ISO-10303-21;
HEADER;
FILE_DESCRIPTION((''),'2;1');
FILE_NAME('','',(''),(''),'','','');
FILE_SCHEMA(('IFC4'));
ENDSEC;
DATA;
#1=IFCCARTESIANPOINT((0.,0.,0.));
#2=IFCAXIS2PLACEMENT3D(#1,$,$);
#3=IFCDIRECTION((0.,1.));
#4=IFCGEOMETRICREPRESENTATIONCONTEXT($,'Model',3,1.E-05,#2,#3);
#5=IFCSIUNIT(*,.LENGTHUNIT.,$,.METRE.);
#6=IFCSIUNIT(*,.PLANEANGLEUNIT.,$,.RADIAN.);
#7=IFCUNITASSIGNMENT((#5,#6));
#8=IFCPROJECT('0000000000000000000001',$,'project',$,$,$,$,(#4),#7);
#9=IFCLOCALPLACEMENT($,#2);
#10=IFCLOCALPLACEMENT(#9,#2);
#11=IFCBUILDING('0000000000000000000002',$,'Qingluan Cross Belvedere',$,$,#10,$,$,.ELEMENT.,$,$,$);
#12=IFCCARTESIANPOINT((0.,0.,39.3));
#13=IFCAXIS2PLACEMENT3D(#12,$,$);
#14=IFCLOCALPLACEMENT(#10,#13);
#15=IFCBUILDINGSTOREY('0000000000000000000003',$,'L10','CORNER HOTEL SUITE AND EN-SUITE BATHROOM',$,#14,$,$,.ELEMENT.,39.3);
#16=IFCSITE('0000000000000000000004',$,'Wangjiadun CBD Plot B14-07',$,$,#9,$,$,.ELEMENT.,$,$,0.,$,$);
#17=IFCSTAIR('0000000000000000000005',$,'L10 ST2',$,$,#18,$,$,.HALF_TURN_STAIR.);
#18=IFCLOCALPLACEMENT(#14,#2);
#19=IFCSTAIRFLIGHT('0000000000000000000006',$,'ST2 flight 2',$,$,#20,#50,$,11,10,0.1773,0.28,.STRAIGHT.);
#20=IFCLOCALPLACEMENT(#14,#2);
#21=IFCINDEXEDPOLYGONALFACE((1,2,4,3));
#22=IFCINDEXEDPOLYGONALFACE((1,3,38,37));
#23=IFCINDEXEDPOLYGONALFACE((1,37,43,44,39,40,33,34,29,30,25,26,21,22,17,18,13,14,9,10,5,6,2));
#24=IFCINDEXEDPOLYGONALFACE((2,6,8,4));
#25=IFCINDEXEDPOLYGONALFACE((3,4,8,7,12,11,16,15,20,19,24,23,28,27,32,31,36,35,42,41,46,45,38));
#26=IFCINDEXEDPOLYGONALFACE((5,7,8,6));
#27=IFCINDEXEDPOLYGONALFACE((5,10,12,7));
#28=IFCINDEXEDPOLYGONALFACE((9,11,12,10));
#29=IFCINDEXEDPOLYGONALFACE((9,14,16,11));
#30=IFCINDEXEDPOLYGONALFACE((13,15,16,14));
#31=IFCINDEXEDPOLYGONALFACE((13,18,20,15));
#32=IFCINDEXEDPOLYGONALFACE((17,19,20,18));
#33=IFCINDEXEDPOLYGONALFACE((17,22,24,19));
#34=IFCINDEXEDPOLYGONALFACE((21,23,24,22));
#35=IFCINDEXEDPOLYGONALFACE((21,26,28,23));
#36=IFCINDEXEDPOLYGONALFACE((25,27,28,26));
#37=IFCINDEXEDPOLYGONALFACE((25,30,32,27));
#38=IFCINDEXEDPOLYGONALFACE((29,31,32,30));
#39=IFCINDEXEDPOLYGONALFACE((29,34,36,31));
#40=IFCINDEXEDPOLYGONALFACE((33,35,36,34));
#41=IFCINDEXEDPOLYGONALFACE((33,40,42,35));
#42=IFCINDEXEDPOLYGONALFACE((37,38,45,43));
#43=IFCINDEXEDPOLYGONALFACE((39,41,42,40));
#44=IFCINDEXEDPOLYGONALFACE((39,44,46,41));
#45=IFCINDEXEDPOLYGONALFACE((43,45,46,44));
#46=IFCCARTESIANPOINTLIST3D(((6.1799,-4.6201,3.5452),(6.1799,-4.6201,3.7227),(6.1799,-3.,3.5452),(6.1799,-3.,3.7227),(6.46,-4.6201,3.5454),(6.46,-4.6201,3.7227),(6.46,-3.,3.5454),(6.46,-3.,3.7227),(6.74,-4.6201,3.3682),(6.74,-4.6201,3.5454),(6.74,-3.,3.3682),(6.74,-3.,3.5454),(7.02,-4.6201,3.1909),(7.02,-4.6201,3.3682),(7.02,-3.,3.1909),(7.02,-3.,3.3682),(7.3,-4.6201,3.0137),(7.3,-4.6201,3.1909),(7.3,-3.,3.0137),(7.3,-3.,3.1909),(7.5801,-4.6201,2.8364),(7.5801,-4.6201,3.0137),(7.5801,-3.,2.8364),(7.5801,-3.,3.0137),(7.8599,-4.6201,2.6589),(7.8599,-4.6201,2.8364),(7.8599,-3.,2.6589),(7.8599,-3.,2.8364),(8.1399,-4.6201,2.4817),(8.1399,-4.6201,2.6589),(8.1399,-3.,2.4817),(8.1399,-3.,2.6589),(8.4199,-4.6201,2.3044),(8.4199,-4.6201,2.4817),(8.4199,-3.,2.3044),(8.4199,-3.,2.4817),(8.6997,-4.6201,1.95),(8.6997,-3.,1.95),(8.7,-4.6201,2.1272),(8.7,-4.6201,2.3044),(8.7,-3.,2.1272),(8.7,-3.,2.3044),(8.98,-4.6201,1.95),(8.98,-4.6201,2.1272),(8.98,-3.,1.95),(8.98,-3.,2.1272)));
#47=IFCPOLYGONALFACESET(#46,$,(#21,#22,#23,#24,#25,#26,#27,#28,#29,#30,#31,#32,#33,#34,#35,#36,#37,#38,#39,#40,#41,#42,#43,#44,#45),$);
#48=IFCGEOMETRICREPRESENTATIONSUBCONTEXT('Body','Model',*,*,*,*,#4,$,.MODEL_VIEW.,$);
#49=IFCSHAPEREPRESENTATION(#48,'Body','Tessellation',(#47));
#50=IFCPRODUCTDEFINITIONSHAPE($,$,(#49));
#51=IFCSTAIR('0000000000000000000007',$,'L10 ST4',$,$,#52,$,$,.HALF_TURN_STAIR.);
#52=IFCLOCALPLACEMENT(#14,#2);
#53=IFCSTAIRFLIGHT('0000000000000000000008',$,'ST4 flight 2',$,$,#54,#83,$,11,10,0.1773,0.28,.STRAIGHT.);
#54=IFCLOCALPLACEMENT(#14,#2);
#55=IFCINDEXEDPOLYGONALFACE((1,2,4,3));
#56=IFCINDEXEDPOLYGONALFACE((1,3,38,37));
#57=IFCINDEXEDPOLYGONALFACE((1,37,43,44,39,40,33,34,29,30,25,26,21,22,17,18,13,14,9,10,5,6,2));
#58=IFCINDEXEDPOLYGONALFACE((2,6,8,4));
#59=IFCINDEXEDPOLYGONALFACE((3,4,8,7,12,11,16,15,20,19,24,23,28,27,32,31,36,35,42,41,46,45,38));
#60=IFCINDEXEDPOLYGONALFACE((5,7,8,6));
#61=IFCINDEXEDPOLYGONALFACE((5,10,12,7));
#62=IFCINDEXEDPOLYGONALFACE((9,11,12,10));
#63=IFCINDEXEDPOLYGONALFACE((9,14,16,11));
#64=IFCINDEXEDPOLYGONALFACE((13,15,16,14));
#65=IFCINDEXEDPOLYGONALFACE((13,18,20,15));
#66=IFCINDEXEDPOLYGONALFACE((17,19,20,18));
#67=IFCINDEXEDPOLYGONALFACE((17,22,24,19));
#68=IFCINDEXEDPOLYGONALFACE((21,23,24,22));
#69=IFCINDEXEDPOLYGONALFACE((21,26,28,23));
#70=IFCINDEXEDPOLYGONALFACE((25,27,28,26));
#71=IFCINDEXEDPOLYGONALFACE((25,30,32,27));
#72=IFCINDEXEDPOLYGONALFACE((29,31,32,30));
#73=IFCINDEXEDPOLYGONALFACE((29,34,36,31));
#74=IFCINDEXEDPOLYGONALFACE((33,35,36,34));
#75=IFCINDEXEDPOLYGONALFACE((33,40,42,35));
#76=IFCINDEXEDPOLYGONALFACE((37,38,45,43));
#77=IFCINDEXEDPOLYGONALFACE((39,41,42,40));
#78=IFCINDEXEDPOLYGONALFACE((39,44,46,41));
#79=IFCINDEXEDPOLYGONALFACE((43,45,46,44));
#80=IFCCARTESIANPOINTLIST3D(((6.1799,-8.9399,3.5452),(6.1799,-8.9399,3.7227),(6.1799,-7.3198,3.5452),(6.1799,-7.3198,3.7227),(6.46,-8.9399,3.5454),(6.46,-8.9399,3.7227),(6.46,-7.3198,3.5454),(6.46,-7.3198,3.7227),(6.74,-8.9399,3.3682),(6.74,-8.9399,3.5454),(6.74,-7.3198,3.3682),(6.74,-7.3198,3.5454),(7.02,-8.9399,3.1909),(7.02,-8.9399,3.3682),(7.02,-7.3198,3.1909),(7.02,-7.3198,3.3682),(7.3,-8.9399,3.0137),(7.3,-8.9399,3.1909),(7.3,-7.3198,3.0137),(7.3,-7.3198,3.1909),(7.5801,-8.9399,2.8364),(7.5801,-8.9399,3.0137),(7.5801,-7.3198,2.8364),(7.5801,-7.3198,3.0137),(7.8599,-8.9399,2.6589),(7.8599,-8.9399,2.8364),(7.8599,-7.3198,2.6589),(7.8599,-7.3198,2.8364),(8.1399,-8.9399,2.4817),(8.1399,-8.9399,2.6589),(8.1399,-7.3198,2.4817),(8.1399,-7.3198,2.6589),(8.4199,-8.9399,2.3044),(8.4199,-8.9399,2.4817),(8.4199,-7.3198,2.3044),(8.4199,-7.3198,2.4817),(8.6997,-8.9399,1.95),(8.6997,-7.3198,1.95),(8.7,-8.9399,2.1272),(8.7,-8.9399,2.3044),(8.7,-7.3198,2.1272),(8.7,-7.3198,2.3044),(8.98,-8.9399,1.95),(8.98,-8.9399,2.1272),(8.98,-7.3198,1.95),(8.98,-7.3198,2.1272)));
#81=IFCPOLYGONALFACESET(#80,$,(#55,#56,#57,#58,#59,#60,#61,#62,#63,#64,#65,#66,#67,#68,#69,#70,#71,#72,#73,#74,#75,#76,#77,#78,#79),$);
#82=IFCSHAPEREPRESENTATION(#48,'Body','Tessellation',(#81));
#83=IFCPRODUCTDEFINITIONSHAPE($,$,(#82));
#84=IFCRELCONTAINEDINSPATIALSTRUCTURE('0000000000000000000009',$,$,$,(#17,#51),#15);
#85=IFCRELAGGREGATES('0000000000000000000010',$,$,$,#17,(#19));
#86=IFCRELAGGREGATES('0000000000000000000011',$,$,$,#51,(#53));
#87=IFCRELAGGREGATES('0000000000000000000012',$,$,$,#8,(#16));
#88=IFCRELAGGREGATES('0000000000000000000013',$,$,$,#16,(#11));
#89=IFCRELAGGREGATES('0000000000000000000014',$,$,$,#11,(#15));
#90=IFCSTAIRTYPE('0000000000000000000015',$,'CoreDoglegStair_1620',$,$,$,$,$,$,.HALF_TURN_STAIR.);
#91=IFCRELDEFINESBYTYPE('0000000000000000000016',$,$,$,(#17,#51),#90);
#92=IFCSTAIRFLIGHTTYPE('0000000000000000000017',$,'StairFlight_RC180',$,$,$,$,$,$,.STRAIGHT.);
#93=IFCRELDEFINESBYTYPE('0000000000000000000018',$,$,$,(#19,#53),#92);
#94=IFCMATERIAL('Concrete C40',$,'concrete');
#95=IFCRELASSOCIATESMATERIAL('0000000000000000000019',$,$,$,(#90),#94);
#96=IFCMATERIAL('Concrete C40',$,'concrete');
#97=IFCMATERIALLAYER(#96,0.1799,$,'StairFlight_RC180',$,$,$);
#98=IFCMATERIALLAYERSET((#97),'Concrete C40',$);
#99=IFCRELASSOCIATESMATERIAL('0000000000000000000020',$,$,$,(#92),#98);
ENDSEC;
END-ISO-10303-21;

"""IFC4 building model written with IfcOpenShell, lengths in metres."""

from ifc_helpers import new_model, si_unit, direction, frame, origin, place, context, subcontext, project, spatial, polyline, outline, extrude, material, layer, layer_set, type_object, element, aggregate, save


model = new_model("IFC4")

# Units and contexts
model_context = context("Model", 3, precision=1e-05, world=origin(), true_north=direction((0.0, 1.0)))
body_context = subcontext(model_context, "Body", "Model", "MODEL_VIEW")
ifc_project = project(units=[si_unit("LENGTHUNIT", "METRE"), si_unit("PLANEANGLEUNIT", "RADIAN")], contexts=[model_context])

# Site, building, storey
site_placement = place(None, origin())
site = spatial("IfcSite", under=ifc_project, at=site_placement, Name="Wangjiadun CBD Plot B14-07", CompositionType="ELEMENT", RefElevation=0.0)
building_placement = place(site_placement, origin())
building = spatial("IfcBuilding", under=site, at=building_placement, Name="Qingluan Cross Belvedere", CompositionType="ELEMENT")
storey_placement = place(building_placement, frame((0.0, 0.0, 39.3)))
storey = spatial("IfcBuildingStorey", under=building, at=storey_placement, Name="L10", Description="CORNER HOTEL SUITE AND EN-SUITE BATHROOM", CompositionType="ELEMENT", Elevation=39.3)

# Stairs, stair flights
ifc_material_1 = material(Name="Concrete C40", Category="concrete")
stair_type = type_object("IfcStairType", Name="CoreDoglegStair_1620", PredefinedType="HALF_TURN_STAIR", material=ifc_material_1)
stair_1_placement = place(storey_placement, origin())
stair_1 = element("IfcStair", 1, at=stair_1_placement, inside=storey, type_object=stair_type, Name="L10 ST2", PredefinedType="HALF_TURN_STAIR")
ifc_material_2 = material(Name="Concrete C40", Category="concrete")
ifc_layer_1 = layer(ifc_material_2, 0.1799, Name="StairFlight_RC180")
ifc_layer_set_1 = layer_set([ifc_layer_1], Name="Concrete C40")
stair_flight_type = type_object("IfcStairFlightType", Name="StairFlight_RC180", PredefinedType="STRAIGHT", material=ifc_layer_set_1)
stair_flight_1_placement = place(storey_placement, frame((8.98, -3.8101, 1.95), z_axis=(0.0, 0.0, 1.0), x_axis=(-1.0, 0.0, 0.0)))
stair_flight_1 = element("IfcStairFlight", 2, at=stair_flight_1_placement, type_object=stair_flight_type, Name="ST2 flight 2", NumberOfRisers=11, NumberOfTreads=10, PredefinedType="STRAIGHT", RiserHeight=0.1773, TreadLength=0.28, context=body_context, shape_type="SweptSolid", body=[
    extrude(outline(polyline([(0.0, 0.0), (0.0, 0.1772), (0.28, 0.1772), (0.28, 0.3545), (0.5601, 0.3545), (0.5601, 0.5317), (0.8401, 0.5317), (0.8401, 0.709), (1.1201, 0.709), (1.1201, 0.8865), (1.3999, 0.8865), (1.3999, 1.0637), (1.6799, 1.0637), (1.6799, 1.241), (1.96, 1.241), (1.96, 1.4182), (2.24, 1.4182), (2.24, 1.5955), (2.52, 1.5955), (2.52, 1.7727), (2.8, 1.7727), (2.8, 1.95), (2.8, 1.5952), (0.2803, 0.0), (0.0, 0.0)])), frame((0.0, 0.8101, 0.0), z_axis=(0.0, -1.0, 0.0), x_axis=(1.0, 0.0, 0.0)), (0.0, 0.0, 1.0), 1.6201),
])
aggregate(stair_1, [stair_flight_1])
stair_2_placement = place(storey_placement, origin())
stair_2 = element("IfcStair", 3, at=stair_2_placement, inside=storey, type_object=stair_type, Name="L10 ST4", PredefinedType="HALF_TURN_STAIR")
stair_flight_2_placement = place(storey_placement, frame((8.98, -8.1299, 1.95), z_axis=(0.0, 0.0, 1.0), x_axis=(-1.0, 0.0, 0.0)))
stair_flight_2 = element("IfcStairFlight", 4, at=stair_flight_2_placement, type_object=stair_flight_type, Name="ST4 flight 2", NumberOfRisers=11, NumberOfTreads=10, PredefinedType="STRAIGHT", RiserHeight=0.1773, TreadLength=0.28, context=body_context, shape_type="SweptSolid", body=[
    extrude(outline(polyline([(0.0, 0.0), (0.0, 0.1772), (0.28, 0.1772), (0.28, 0.3545), (0.5601, 0.3545), (0.5601, 0.5317), (0.8401, 0.5317), (0.8401, 0.709), (1.1201, 0.709), (1.1201, 0.8865), (1.3999, 0.8865), (1.3999, 1.0637), (1.6799, 1.0637), (1.6799, 1.241), (1.96, 1.241), (1.96, 1.4182), (2.24, 1.4182), (2.24, 1.5955), (2.52, 1.5955), (2.52, 1.7727), (2.8, 1.7727), (2.8, 1.95), (2.8, 1.5952), (0.2803, 0.0), (0.0, 0.0)])), frame((0.0, 0.8101, 0.0), z_axis=(0.0, -1.0, 0.0), x_axis=(1.0, 0.0, 0.0)), (0.0, 0.0, 1.0), 1.6201),
])
aggregate(stair_2, [stair_flight_2])

save(model, "model.ifc")
